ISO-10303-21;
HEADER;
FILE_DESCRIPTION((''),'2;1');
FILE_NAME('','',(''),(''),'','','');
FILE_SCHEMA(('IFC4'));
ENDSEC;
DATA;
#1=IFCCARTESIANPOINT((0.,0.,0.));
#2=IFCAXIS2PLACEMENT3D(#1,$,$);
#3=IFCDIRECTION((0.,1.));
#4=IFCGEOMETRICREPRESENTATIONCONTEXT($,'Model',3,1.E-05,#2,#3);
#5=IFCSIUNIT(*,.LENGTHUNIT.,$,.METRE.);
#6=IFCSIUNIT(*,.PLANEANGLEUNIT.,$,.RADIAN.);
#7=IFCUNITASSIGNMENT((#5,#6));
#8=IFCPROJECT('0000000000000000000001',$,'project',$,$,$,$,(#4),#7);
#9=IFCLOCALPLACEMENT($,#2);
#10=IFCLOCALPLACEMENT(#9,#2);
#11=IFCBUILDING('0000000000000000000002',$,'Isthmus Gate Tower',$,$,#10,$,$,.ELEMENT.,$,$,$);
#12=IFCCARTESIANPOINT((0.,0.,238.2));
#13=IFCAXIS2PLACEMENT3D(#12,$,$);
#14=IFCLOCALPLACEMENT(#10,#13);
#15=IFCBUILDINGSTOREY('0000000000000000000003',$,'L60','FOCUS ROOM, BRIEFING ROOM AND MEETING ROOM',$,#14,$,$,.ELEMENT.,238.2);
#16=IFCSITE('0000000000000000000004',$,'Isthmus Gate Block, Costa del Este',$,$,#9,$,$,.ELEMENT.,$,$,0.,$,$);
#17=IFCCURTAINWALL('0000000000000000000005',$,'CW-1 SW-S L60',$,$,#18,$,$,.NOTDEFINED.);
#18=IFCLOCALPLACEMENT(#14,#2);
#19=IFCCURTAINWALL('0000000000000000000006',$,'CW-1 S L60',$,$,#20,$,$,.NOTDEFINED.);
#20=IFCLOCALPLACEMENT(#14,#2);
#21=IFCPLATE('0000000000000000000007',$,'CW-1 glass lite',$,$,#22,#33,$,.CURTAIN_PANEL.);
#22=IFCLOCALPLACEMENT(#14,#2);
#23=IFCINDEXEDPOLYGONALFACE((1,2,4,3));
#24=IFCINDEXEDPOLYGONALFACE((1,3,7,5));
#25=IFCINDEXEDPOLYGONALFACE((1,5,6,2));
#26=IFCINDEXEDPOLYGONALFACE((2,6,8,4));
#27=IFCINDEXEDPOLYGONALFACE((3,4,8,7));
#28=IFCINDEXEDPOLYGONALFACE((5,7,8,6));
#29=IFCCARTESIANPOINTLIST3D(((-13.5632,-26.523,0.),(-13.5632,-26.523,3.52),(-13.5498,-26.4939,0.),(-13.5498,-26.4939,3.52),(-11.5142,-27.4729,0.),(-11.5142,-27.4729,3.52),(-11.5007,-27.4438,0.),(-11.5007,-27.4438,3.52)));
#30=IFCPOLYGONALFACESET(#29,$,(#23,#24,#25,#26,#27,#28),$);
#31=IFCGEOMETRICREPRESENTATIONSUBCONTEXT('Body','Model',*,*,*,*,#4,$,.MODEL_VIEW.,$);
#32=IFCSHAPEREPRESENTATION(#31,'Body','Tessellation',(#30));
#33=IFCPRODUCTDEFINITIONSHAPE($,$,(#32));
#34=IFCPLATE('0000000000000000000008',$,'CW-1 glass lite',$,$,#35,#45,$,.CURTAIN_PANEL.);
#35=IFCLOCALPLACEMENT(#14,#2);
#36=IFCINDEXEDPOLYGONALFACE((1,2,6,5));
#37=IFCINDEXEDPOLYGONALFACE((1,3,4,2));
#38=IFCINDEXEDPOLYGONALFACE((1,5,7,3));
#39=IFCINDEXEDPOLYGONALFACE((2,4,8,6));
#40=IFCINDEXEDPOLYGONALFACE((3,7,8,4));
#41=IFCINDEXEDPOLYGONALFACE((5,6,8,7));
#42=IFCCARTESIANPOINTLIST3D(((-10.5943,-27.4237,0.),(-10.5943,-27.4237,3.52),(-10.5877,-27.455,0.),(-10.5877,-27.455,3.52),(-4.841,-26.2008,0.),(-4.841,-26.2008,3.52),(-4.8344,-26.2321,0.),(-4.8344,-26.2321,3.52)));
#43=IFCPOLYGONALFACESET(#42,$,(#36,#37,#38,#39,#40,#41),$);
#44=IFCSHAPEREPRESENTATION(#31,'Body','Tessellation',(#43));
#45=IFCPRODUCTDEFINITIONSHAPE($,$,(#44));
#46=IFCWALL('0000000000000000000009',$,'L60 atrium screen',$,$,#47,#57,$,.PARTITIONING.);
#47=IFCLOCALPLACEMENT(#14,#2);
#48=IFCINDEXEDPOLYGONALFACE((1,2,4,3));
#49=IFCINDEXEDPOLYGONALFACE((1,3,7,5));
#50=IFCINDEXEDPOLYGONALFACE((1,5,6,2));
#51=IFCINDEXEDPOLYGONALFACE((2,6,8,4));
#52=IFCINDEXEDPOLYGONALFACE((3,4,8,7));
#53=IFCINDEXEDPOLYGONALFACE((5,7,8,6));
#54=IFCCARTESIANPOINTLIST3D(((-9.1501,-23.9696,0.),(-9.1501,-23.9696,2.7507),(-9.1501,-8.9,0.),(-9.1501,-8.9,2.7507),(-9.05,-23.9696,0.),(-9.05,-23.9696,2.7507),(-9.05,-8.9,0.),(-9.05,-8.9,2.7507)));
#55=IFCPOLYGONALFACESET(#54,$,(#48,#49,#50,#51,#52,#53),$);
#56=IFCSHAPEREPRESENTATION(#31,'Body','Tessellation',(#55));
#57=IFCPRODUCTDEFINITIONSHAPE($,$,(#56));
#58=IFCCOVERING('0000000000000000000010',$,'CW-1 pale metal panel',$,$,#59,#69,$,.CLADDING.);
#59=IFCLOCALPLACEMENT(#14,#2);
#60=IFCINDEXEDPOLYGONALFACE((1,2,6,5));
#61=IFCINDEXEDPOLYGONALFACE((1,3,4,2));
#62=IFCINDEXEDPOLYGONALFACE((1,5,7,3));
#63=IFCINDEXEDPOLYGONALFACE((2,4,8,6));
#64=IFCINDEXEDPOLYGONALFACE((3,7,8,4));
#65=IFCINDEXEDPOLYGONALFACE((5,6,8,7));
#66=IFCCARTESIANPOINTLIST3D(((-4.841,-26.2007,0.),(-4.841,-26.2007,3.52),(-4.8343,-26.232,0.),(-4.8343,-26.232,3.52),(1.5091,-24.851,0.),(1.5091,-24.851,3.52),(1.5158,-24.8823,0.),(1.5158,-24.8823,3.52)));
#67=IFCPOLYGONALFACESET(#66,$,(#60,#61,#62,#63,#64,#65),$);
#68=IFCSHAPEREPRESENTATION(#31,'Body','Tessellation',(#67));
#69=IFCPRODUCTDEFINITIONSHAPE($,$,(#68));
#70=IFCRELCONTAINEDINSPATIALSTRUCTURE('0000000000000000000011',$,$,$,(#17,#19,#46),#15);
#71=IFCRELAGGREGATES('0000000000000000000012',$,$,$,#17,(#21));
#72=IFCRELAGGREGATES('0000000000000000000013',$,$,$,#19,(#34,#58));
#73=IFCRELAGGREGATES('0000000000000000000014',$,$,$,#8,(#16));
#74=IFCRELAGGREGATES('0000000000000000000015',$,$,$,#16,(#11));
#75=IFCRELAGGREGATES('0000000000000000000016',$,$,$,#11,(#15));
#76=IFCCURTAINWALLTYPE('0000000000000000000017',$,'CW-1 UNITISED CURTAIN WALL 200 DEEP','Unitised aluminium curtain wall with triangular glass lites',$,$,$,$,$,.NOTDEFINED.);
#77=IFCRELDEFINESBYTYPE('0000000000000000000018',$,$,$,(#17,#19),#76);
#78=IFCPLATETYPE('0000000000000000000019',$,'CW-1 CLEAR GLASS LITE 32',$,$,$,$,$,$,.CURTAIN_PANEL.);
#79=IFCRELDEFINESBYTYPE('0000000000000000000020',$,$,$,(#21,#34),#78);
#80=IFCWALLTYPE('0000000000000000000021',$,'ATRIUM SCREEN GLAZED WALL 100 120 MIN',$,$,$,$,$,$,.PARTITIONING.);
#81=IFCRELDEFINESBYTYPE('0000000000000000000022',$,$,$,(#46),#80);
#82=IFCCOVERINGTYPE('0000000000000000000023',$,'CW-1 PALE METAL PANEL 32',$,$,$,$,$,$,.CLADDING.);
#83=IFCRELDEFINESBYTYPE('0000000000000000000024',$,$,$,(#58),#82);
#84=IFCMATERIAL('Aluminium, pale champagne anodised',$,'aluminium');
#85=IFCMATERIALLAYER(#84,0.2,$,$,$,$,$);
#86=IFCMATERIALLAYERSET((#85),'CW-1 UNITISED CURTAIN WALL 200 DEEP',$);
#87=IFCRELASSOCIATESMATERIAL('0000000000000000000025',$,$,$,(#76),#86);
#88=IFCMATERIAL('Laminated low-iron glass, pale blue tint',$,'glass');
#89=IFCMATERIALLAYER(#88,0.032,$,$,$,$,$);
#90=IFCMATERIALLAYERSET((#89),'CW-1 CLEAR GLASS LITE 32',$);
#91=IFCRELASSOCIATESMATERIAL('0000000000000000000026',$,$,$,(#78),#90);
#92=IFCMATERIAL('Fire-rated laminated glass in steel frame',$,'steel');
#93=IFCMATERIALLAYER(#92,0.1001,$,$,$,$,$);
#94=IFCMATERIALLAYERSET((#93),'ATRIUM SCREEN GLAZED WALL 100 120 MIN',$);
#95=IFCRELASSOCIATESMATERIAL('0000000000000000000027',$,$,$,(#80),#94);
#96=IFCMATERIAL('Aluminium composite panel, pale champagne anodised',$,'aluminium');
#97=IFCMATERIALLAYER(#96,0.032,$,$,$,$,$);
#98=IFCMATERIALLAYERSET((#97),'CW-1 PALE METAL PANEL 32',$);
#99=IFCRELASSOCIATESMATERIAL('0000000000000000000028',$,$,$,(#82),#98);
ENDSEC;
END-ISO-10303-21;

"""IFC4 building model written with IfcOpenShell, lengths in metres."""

from ifc_helpers import new_model, si_unit, direction, frame, frame_2d, origin, origin_2d, place, context, subcontext, project, spatial, rectangle, extrude, material, layer, layer_set, type_object, element, aggregate, save


model = new_model("IFC4")

# Units and contexts
model_context = context("Model", 3, precision=1e-05, world=origin(), true_north=direction((0.0, 1.0)))
body_context = subcontext(model_context, "Body", "Model", "MODEL_VIEW")
ifc_project = project(units=[si_unit("LENGTHUNIT", "METRE"), si_unit("PLANEANGLEUNIT", "RADIAN")], contexts=[model_context])

# Site, building, storey
site_placement = place(None, origin())
site = spatial("IfcSite", under=ifc_project, at=site_placement, Name="Isthmus Gate Block, Costa del Este", CompositionType="ELEMENT", RefElevation=0.0)
building_placement = place(site_placement, origin())
building = spatial("IfcBuilding", under=site, at=building_placement, Name="Isthmus Gate Tower", CompositionType="ELEMENT")
storey_placement = place(building_placement, frame((0.0, 0.0, 238.2)))
storey = spatial("IfcBuildingStorey", under=building, at=storey_placement, Name="L60", Description="FOCUS ROOM, BRIEFING ROOM AND MEETING ROOM", CompositionType="ELEMENT", Elevation=238.2)

# Curtain walls
ifc_material_1 = material(Name="Aluminium, pale champagne anodised", Category="aluminium")
ifc_layer_1 = layer(ifc_material_1, 0.2)
ifc_layer_set_1 = layer_set([ifc_layer_1], Name="CW-1 UNITISED CURTAIN WALL 200 DEEP")
curtain_wall_type = type_object("IfcCurtainWallType", Name="CW-1 UNITISED CURTAIN WALL 200 DEEP", Description="Unitised aluminium curtain wall with triangular glass lites", PredefinedType="NOTDEFINED", material=ifc_layer_set_1)
curtain_wall_1_placement = place(storey_placement, origin())
curtain_wall_1 = element("IfcCurtainWall", 1, at=curtain_wall_1_placement, inside=storey, type_object=curtain_wall_type, Name="CW-1 SW-S L60", PredefinedType="NOTDEFINED")
curtain_wall_2_placement = place(storey_placement, origin())
curtain_wall_2 = element("IfcCurtainWall", 2, at=curtain_wall_2_placement, inside=storey, type_object=curtain_wall_type, Name="CW-1 S L60", PredefinedType="NOTDEFINED")

# Plates
ifc_material_2 = material(Name="Laminated low-iron glass, pale blue tint", Category="glass")
ifc_layer_2 = layer(ifc_material_2, 0.032)
ifc_layer_set_2 = layer_set([ifc_layer_2], Name="CW-1 CLEAR GLASS LITE 32")
plate_type = type_object("IfcPlateType", Name="CW-1 CLEAR GLASS LITE 32", PredefinedType="CURTAIN_PANEL", material=ifc_layer_set_2)
plate_1_placement = place(storey_placement, frame((-12.532, -26.9834, 0.0), z_axis=(0.0, 0.0, 1.0), x_axis=(0.907256, -0.420578, 0.0)))
plate_1 = element("IfcPlate", 3, at=plate_1_placement, type_object=plate_type, Name="CW-1 glass lite", PredefinedType="CURTAIN_PANEL", context=body_context, shape_type="SweptSolid", body=[
    extrude(rectangle(XDim=2.2585, YDim=0.032, at=origin_2d()), origin(), (0.0, 0.0, 1.0), 3.52),
])
aggregate(curtain_wall_1, [plate_1])
plate_2_placement = place(storey_placement, frame((-7.7144, -26.8279, 0.0), z_axis=(0.0, 0.0, 1.0), x_axis=(0.978148, 0.207912, 0.0)))
plate_2 = element("IfcPlate", 4, at=plate_2_placement, type_object=plate_type, Name="CW-1 glass lite", PredefinedType="CURTAIN_PANEL", context=body_context, shape_type="SweptSolid", body=[
    extrude(rectangle(XDim=5.8818, YDim=0.032, at=origin_2d()), origin(), (0.0, 0.0, 1.0), 3.52),
])

# Wall
ifc_material_3 = material(Name="Fire-rated laminated glass in steel frame", Category="steel")
ifc_layer_3 = layer(ifc_material_3, 0.1001)
ifc_layer_set_3 = layer_set([ifc_layer_3], Name="ATRIUM SCREEN GLAZED WALL 100 120 MIN")
wall_type = type_object("IfcWallType", Name="ATRIUM SCREEN GLAZED WALL 100 120 MIN", PredefinedType="PARTITIONING", material=ifc_layer_set_3)
wall_placement = place(storey_placement, frame((-9.1001, -23.9695, 0.0), z_axis=(0.0, 0.0, 1.0), x_axis=(0.0, 1.0, 0.0)))
element("IfcWall", 5, at=wall_placement, inside=storey, type_object=wall_type, Name="L60 atrium screen", PredefinedType="PARTITIONING", context=body_context, shape_type="SweptSolid", body=[
    extrude(rectangle(XDim=15.0696, YDim=0.1001, at=frame_2d((7.5347, 0.0))), origin(), (0.0, 0.0, 1.0), 2.7507),
])

# Covering
ifc_material_4 = material(Name="Aluminium composite panel, pale champagne anodised", Category="aluminium")
ifc_layer_4 = layer(ifc_material_4, 0.032)
ifc_layer_set_4 = layer_set([ifc_layer_4], Name="CW-1 PALE METAL PANEL 32")
covering_type = type_object("IfcCoveringType", Name="CW-1 PALE METAL PANEL 32", PredefinedType="CLADDING", material=ifc_layer_set_4)
covering_placement = place(storey_placement, frame((-1.6626, -25.5415, 0.0), z_axis=(0.0, 0.0, 1.0), x_axis=(0.978148, 0.207912, 0.0)))
covering = element("IfcCovering", 6, at=covering_placement, type_object=covering_type, Name="CW-1 pale metal panel", PredefinedType="CLADDING", context=body_context, shape_type="SweptSolid", body=[
    extrude(rectangle(XDim=6.4919, YDim=0.032, at=origin_2d()), origin(), (0.0, 0.0, 1.0), 3.52),
])
aggregate(curtain_wall_2, [plate_2, covering])

save(model, "model.ifc")
